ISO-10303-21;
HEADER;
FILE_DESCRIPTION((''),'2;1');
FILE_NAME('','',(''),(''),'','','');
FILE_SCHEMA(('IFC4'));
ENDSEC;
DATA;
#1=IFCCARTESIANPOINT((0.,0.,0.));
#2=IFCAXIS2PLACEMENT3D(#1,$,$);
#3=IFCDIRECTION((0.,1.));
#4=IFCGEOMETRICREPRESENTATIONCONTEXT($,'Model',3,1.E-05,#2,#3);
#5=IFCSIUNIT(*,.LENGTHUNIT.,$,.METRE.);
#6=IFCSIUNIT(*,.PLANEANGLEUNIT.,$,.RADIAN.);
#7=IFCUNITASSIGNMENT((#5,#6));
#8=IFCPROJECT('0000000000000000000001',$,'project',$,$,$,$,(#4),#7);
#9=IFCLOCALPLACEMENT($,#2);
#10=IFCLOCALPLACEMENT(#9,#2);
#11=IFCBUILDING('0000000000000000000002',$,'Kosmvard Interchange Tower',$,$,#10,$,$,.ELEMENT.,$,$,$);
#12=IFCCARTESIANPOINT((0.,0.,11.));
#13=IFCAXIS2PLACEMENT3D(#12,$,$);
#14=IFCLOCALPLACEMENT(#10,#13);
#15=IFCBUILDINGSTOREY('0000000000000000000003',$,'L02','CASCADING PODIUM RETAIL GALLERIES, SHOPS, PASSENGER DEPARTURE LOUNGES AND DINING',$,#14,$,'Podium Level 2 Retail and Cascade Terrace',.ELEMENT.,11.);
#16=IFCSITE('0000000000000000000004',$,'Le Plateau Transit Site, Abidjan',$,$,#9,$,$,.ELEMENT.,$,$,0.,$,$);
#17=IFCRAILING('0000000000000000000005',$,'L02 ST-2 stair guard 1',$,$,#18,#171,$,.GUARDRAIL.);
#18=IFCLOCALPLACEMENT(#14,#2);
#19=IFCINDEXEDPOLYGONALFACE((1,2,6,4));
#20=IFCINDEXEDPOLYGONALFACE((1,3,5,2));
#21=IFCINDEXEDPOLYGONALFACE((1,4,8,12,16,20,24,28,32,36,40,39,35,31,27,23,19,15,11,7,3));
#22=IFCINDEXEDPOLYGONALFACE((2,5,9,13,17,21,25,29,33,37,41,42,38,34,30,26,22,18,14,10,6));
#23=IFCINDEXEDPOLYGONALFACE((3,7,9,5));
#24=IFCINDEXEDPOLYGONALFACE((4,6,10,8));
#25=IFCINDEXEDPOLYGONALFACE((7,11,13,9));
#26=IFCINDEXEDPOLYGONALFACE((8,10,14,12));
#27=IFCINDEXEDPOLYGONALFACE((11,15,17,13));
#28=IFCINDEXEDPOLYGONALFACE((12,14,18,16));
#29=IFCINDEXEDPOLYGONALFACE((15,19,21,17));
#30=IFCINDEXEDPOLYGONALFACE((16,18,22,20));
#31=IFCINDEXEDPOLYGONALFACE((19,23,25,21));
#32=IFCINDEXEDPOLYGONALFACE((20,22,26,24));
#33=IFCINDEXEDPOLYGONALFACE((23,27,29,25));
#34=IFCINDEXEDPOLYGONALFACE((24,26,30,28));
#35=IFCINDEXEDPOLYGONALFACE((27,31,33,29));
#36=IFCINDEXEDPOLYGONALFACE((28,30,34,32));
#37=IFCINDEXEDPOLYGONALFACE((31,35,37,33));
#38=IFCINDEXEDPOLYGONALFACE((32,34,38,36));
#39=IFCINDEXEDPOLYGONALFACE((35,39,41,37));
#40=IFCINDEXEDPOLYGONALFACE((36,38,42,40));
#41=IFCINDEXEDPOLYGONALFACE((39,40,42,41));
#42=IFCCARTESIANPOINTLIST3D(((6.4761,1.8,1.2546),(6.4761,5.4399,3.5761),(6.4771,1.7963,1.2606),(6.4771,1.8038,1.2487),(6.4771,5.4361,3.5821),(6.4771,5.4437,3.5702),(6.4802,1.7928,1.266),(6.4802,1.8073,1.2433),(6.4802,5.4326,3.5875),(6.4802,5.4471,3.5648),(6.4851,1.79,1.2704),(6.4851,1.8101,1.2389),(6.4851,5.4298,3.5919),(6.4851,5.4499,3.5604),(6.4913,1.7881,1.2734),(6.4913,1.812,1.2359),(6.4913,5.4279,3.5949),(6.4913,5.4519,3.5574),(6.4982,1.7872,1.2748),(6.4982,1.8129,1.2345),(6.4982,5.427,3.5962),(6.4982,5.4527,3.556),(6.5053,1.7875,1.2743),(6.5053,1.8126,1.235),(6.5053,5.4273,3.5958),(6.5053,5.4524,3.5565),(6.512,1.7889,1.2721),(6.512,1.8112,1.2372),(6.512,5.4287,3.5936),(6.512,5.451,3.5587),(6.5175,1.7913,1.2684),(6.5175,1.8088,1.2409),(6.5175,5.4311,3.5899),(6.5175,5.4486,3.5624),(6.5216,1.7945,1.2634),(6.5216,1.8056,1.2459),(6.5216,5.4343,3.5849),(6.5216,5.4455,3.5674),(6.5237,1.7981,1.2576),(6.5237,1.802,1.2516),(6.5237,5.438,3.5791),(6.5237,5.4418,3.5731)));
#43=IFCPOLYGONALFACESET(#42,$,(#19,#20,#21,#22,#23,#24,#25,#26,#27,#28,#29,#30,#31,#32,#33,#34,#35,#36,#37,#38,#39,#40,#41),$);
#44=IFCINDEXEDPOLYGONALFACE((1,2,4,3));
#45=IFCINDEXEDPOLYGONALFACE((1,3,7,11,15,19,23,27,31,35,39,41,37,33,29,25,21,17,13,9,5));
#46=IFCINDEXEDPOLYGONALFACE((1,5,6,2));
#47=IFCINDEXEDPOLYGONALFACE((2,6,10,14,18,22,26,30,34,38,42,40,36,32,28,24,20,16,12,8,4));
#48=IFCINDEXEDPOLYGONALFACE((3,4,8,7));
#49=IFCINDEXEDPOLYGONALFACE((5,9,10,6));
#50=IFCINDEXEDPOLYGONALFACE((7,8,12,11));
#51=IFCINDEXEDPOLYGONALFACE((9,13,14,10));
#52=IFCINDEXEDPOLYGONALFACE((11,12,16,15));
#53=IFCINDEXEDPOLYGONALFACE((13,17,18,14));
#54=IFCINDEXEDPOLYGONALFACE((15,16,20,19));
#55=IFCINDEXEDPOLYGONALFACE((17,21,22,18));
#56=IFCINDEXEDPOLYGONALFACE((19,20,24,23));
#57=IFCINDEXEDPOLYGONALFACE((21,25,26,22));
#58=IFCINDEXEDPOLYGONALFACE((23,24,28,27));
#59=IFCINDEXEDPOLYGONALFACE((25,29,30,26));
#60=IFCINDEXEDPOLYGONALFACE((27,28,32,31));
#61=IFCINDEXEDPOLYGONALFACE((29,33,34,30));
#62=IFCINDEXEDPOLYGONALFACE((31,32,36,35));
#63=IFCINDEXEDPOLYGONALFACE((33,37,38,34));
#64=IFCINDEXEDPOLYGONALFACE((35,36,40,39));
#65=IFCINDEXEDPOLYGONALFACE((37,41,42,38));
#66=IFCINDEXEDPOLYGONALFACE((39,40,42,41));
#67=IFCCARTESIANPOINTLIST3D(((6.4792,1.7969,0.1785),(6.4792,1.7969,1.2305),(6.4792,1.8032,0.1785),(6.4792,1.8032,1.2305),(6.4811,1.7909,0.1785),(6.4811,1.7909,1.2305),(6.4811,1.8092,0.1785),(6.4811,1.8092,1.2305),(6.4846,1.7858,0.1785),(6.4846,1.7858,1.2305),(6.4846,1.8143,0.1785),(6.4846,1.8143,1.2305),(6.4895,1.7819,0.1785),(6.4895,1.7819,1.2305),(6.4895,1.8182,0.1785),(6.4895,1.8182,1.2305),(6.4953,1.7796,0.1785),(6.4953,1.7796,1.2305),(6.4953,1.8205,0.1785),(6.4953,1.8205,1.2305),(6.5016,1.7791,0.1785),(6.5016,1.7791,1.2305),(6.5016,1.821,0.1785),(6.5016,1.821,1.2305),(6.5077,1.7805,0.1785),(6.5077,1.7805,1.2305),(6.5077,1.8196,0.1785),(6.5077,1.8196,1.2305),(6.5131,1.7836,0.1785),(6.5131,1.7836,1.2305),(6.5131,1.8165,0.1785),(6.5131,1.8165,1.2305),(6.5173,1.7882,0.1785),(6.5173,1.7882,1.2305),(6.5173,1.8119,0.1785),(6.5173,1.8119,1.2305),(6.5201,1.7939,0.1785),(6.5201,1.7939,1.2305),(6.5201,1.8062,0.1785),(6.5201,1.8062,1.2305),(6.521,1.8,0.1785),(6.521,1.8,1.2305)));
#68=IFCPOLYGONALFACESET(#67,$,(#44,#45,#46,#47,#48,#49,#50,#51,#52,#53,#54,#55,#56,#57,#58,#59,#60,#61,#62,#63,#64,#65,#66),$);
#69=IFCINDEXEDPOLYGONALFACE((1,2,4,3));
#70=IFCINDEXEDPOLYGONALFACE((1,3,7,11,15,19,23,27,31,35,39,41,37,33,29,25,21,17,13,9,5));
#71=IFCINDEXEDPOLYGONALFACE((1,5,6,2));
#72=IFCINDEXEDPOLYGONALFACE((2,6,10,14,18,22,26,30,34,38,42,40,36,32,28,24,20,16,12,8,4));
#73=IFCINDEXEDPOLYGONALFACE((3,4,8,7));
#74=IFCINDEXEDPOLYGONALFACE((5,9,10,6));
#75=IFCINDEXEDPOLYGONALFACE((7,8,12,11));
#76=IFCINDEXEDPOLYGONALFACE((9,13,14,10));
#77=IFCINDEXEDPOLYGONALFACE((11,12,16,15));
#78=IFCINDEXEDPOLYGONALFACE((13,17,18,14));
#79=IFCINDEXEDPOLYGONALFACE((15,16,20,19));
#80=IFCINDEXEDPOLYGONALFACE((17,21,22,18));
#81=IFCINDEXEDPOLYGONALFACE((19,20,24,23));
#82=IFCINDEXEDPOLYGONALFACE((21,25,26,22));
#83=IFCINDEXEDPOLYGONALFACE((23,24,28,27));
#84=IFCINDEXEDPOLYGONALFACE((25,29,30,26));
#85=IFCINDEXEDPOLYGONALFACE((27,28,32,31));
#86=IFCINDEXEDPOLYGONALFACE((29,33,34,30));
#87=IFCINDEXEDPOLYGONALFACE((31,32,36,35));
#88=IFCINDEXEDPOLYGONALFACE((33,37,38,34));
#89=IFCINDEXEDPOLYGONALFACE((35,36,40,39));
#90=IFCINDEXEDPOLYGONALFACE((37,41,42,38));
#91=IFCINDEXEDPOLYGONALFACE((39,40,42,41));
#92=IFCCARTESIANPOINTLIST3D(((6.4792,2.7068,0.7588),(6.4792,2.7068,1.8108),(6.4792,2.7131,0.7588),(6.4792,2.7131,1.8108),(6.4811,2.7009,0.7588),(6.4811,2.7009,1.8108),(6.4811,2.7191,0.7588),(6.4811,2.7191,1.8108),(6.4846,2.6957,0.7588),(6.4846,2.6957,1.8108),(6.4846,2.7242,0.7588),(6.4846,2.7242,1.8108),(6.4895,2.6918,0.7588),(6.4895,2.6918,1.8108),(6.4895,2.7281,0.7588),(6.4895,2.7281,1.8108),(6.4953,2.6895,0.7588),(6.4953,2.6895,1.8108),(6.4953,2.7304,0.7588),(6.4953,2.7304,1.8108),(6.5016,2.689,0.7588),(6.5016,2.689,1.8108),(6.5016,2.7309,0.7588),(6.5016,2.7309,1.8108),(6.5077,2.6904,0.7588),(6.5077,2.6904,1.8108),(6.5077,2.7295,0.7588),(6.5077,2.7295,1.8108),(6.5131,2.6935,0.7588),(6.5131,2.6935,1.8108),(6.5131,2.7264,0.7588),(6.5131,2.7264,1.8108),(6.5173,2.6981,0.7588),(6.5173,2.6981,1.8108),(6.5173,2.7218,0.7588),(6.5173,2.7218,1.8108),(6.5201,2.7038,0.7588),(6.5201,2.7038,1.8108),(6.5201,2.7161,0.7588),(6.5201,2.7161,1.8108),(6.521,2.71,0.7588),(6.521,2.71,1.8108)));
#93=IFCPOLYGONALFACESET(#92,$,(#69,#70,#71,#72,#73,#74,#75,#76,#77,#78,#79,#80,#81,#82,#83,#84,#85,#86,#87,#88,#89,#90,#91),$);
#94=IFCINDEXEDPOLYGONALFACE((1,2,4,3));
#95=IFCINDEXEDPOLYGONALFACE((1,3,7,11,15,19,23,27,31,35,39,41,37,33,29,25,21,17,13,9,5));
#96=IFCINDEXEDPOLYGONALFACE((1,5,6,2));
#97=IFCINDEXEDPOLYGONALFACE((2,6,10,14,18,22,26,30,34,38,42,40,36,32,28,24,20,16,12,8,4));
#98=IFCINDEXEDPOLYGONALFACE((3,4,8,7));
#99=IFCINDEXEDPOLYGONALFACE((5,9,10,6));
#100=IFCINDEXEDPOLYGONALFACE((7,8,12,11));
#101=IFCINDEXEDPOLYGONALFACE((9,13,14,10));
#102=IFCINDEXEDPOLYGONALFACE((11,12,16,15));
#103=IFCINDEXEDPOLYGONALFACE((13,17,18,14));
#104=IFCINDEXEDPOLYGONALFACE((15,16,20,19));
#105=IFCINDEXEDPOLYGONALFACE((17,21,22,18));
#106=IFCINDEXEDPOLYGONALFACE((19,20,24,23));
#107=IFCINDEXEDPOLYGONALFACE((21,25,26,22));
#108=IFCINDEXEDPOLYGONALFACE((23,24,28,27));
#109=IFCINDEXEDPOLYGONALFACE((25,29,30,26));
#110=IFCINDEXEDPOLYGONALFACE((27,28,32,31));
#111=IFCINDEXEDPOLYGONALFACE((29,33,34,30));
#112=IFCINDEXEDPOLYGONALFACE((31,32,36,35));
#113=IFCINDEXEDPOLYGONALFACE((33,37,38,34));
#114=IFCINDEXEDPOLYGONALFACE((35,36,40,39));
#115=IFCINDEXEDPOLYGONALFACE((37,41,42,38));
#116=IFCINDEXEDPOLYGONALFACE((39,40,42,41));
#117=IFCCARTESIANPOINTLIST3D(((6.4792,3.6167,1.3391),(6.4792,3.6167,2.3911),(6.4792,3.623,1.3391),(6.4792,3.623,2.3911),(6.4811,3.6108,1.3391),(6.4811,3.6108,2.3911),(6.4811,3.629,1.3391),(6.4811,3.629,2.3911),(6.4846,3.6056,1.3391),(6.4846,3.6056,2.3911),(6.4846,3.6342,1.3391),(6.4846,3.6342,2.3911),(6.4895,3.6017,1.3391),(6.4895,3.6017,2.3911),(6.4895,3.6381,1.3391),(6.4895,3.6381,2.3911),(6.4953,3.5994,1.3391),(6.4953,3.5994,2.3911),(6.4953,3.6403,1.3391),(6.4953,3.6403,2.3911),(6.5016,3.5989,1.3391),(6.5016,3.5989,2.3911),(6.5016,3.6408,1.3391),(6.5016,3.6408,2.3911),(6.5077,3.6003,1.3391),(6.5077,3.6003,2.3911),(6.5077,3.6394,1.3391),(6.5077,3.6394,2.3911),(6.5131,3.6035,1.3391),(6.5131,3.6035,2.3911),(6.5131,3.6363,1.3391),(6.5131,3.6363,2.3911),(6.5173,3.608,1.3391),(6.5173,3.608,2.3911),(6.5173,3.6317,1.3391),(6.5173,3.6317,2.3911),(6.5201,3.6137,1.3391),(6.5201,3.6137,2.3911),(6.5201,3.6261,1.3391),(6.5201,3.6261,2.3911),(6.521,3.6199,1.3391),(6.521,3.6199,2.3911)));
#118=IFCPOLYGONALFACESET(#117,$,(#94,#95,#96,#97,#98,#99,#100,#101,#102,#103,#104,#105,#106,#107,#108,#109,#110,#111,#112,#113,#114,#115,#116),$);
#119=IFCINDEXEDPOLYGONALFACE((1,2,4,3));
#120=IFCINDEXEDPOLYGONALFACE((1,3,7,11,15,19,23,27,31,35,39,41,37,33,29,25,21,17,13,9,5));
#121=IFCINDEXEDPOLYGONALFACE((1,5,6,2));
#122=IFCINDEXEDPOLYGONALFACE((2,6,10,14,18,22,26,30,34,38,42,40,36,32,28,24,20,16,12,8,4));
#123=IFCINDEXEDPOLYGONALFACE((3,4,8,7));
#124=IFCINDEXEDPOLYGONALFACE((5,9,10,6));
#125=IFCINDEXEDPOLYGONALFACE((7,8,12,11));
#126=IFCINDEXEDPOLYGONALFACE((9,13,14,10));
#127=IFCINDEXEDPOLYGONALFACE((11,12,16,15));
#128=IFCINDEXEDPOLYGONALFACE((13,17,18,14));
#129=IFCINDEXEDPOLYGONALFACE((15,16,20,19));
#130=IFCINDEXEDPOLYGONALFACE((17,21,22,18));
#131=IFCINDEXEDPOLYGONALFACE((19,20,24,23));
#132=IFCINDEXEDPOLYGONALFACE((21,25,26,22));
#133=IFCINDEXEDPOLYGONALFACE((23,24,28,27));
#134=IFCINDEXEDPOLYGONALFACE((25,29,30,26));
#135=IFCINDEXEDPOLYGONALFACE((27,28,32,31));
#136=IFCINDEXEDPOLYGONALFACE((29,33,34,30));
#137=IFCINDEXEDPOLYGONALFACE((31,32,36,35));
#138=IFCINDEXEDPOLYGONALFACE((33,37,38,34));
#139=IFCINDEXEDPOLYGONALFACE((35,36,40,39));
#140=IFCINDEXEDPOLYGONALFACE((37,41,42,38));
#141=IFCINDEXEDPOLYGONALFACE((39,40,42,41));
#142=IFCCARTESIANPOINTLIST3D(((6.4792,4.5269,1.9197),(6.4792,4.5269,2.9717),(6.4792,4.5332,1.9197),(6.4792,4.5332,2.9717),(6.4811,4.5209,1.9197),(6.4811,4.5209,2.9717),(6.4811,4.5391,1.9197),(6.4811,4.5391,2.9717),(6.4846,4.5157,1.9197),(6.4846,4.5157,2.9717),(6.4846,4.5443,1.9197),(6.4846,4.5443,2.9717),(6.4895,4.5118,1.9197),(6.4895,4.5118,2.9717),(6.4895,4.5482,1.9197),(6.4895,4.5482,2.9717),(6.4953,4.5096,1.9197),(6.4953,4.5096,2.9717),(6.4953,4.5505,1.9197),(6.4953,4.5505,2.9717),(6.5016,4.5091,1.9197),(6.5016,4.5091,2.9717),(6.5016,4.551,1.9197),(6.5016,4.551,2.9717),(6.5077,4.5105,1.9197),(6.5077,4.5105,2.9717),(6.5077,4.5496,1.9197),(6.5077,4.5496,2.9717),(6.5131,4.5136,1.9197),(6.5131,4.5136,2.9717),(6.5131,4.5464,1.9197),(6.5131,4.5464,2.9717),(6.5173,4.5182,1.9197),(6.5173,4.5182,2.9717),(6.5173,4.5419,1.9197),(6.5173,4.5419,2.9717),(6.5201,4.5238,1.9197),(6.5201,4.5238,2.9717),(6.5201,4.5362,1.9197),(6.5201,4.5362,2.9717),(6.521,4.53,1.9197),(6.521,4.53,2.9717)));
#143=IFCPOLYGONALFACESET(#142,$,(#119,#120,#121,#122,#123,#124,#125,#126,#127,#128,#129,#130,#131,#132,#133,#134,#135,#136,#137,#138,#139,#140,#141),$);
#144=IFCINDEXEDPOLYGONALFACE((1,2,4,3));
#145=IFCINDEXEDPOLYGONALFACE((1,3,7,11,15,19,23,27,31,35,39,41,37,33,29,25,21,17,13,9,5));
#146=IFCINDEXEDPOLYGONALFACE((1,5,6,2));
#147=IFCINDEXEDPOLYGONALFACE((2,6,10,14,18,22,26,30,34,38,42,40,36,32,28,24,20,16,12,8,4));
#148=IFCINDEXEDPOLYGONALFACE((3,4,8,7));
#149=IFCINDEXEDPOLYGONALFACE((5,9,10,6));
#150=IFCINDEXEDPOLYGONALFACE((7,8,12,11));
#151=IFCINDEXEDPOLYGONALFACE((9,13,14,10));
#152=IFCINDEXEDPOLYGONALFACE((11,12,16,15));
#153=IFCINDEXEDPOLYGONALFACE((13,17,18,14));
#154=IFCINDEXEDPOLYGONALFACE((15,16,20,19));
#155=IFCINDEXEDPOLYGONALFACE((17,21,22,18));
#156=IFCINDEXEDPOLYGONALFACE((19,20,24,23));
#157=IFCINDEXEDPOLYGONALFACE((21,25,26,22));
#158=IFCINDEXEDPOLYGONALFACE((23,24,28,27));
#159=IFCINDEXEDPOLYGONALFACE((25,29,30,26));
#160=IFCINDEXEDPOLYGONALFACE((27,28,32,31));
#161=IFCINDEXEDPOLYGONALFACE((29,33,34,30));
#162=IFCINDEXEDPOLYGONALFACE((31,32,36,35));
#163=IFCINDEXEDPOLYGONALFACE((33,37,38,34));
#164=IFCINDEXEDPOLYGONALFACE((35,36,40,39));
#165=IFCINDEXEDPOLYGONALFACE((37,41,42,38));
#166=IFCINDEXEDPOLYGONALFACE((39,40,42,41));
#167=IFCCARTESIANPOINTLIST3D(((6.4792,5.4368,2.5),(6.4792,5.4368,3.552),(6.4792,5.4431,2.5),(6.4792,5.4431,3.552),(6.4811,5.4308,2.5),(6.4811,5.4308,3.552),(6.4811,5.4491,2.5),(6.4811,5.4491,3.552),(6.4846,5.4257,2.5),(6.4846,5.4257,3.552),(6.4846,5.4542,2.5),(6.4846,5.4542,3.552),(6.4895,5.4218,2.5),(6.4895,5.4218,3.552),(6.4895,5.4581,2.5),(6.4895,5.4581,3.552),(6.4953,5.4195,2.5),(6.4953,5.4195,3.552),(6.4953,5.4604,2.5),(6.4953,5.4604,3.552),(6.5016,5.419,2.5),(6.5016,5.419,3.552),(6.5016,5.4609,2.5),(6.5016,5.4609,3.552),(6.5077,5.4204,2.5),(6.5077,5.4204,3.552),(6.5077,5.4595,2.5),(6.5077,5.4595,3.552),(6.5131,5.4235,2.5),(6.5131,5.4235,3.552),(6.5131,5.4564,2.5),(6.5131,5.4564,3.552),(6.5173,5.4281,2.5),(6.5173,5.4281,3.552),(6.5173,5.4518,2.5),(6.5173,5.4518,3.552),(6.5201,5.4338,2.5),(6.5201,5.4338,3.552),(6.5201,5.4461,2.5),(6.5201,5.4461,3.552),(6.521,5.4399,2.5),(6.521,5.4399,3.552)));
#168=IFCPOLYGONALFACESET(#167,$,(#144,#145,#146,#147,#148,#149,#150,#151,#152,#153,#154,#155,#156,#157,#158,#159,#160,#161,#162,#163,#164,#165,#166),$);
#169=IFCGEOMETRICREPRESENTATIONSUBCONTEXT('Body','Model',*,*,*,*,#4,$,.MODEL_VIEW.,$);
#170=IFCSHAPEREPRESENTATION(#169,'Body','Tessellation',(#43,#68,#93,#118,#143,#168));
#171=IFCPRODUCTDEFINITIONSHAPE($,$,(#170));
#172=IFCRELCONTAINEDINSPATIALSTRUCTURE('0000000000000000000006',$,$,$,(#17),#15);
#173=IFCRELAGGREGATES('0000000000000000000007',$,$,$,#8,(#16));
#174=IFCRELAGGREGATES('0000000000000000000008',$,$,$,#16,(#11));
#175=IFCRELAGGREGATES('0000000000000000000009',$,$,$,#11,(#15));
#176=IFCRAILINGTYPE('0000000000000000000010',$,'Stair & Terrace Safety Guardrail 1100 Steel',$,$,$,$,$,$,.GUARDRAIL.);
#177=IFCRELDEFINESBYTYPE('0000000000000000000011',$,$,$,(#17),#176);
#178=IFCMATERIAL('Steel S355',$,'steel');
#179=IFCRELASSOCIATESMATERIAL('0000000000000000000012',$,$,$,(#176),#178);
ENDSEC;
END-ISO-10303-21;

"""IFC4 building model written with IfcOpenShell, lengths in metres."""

from ifc_helpers import new_model, si_unit, direction, frame, origin, origin_2d, place, context, subcontext, project, spatial, circle, extrude, source, transform, mapped, material, type_object, element, save


model = new_model("IFC4")

# Units and contexts
model_context = context("Model", 3, precision=1e-05, world=origin(), true_north=direction((0.0, 1.0)))
body_context = subcontext(model_context, "Body", "Model", "MODEL_VIEW")
ifc_project = project(units=[si_unit("LENGTHUNIT", "METRE"), si_unit("PLANEANGLEUNIT", "RADIAN")], contexts=[model_context])

# Site, building, storey
site_placement = place(None, origin())
site = spatial("IfcSite", under=ifc_project, at=site_placement, Name="Le Plateau Transit Site, Abidjan", CompositionType="ELEMENT", RefElevation=0.0)
building_placement = place(site_placement, origin())
building = spatial("IfcBuilding", under=site, at=building_placement, Name="Kosmvard Interchange Tower", CompositionType="ELEMENT")
storey_placement = place(building_placement, frame((0.0, 0.0, 11.0)))
storey = spatial("IfcBuildingStorey", under=building, at=storey_placement, Name="L02", Description="CASCADING PODIUM RETAIL GALLERIES, SHOPS, PASSENGER DEPARTURE LOUNGES AND DINING", LongName="Podium Level 2 Retail and Cascade Terrace", CompositionType="ELEMENT", Elevation=11.0)

# Railing
ifc_material_1 = material(Name="Steel S355", Category="steel")
railing_type = type_object("IfcRailingType", Name="Stair & Terrace Safety Guardrail 1100 Steel", PredefinedType="GUARDRAIL", material=ifc_material_1)
shared_shape_1 = source(origin(), body_context, "Body", "SweptSolid", [
    extrude(circle(Radius=0.0239, at=origin_2d()), frame((0.0, 0.0, 1.0762), z_axis=(0.0, 0.843112, 0.537739), x_axis=(-1.0, 0.0, 0.0)), (0.0, 0.0, 1.0), 4.3171),
    extrude(circle(Radius=0.021, at=origin_2d()), origin(), (0.0, 0.0, 1.0), 1.052),
    extrude(circle(Radius=0.021, at=origin_2d()), frame((0.0, 0.9099, 0.5803)), (0.0, 0.0, 1.0), 1.052),
    extrude(circle(Radius=0.021, at=origin_2d()), frame((0.0, 1.8198, 1.1606)), (0.0, 0.0, 1.0), 1.052),
    extrude(circle(Radius=0.021, at=origin_2d()), frame((0.0, 2.73, 1.7412)), (0.0, 0.0, 1.0), 1.052),
    extrude(circle(Radius=0.021, at=origin_2d()), frame((0.0, 3.6399, 2.3215)), (0.0, 0.0, 1.0), 1.052),
])
railing_1_placement = place(storey_placement, frame((6.5, 1.8, 0.1785)))
element("IfcRailing", 1, at=railing_1_placement, inside=storey, type_object=railing_type, Name="L02 ST-2 stair guard 1", PredefinedType="GUARDRAIL", context=body_context, shape_type="MappedRepresentation", body=[
    mapped(shared_shape_1, transform((0.0, 0.0, 0.0), scale=1.0)),
])

save(model, "model.ifc")
